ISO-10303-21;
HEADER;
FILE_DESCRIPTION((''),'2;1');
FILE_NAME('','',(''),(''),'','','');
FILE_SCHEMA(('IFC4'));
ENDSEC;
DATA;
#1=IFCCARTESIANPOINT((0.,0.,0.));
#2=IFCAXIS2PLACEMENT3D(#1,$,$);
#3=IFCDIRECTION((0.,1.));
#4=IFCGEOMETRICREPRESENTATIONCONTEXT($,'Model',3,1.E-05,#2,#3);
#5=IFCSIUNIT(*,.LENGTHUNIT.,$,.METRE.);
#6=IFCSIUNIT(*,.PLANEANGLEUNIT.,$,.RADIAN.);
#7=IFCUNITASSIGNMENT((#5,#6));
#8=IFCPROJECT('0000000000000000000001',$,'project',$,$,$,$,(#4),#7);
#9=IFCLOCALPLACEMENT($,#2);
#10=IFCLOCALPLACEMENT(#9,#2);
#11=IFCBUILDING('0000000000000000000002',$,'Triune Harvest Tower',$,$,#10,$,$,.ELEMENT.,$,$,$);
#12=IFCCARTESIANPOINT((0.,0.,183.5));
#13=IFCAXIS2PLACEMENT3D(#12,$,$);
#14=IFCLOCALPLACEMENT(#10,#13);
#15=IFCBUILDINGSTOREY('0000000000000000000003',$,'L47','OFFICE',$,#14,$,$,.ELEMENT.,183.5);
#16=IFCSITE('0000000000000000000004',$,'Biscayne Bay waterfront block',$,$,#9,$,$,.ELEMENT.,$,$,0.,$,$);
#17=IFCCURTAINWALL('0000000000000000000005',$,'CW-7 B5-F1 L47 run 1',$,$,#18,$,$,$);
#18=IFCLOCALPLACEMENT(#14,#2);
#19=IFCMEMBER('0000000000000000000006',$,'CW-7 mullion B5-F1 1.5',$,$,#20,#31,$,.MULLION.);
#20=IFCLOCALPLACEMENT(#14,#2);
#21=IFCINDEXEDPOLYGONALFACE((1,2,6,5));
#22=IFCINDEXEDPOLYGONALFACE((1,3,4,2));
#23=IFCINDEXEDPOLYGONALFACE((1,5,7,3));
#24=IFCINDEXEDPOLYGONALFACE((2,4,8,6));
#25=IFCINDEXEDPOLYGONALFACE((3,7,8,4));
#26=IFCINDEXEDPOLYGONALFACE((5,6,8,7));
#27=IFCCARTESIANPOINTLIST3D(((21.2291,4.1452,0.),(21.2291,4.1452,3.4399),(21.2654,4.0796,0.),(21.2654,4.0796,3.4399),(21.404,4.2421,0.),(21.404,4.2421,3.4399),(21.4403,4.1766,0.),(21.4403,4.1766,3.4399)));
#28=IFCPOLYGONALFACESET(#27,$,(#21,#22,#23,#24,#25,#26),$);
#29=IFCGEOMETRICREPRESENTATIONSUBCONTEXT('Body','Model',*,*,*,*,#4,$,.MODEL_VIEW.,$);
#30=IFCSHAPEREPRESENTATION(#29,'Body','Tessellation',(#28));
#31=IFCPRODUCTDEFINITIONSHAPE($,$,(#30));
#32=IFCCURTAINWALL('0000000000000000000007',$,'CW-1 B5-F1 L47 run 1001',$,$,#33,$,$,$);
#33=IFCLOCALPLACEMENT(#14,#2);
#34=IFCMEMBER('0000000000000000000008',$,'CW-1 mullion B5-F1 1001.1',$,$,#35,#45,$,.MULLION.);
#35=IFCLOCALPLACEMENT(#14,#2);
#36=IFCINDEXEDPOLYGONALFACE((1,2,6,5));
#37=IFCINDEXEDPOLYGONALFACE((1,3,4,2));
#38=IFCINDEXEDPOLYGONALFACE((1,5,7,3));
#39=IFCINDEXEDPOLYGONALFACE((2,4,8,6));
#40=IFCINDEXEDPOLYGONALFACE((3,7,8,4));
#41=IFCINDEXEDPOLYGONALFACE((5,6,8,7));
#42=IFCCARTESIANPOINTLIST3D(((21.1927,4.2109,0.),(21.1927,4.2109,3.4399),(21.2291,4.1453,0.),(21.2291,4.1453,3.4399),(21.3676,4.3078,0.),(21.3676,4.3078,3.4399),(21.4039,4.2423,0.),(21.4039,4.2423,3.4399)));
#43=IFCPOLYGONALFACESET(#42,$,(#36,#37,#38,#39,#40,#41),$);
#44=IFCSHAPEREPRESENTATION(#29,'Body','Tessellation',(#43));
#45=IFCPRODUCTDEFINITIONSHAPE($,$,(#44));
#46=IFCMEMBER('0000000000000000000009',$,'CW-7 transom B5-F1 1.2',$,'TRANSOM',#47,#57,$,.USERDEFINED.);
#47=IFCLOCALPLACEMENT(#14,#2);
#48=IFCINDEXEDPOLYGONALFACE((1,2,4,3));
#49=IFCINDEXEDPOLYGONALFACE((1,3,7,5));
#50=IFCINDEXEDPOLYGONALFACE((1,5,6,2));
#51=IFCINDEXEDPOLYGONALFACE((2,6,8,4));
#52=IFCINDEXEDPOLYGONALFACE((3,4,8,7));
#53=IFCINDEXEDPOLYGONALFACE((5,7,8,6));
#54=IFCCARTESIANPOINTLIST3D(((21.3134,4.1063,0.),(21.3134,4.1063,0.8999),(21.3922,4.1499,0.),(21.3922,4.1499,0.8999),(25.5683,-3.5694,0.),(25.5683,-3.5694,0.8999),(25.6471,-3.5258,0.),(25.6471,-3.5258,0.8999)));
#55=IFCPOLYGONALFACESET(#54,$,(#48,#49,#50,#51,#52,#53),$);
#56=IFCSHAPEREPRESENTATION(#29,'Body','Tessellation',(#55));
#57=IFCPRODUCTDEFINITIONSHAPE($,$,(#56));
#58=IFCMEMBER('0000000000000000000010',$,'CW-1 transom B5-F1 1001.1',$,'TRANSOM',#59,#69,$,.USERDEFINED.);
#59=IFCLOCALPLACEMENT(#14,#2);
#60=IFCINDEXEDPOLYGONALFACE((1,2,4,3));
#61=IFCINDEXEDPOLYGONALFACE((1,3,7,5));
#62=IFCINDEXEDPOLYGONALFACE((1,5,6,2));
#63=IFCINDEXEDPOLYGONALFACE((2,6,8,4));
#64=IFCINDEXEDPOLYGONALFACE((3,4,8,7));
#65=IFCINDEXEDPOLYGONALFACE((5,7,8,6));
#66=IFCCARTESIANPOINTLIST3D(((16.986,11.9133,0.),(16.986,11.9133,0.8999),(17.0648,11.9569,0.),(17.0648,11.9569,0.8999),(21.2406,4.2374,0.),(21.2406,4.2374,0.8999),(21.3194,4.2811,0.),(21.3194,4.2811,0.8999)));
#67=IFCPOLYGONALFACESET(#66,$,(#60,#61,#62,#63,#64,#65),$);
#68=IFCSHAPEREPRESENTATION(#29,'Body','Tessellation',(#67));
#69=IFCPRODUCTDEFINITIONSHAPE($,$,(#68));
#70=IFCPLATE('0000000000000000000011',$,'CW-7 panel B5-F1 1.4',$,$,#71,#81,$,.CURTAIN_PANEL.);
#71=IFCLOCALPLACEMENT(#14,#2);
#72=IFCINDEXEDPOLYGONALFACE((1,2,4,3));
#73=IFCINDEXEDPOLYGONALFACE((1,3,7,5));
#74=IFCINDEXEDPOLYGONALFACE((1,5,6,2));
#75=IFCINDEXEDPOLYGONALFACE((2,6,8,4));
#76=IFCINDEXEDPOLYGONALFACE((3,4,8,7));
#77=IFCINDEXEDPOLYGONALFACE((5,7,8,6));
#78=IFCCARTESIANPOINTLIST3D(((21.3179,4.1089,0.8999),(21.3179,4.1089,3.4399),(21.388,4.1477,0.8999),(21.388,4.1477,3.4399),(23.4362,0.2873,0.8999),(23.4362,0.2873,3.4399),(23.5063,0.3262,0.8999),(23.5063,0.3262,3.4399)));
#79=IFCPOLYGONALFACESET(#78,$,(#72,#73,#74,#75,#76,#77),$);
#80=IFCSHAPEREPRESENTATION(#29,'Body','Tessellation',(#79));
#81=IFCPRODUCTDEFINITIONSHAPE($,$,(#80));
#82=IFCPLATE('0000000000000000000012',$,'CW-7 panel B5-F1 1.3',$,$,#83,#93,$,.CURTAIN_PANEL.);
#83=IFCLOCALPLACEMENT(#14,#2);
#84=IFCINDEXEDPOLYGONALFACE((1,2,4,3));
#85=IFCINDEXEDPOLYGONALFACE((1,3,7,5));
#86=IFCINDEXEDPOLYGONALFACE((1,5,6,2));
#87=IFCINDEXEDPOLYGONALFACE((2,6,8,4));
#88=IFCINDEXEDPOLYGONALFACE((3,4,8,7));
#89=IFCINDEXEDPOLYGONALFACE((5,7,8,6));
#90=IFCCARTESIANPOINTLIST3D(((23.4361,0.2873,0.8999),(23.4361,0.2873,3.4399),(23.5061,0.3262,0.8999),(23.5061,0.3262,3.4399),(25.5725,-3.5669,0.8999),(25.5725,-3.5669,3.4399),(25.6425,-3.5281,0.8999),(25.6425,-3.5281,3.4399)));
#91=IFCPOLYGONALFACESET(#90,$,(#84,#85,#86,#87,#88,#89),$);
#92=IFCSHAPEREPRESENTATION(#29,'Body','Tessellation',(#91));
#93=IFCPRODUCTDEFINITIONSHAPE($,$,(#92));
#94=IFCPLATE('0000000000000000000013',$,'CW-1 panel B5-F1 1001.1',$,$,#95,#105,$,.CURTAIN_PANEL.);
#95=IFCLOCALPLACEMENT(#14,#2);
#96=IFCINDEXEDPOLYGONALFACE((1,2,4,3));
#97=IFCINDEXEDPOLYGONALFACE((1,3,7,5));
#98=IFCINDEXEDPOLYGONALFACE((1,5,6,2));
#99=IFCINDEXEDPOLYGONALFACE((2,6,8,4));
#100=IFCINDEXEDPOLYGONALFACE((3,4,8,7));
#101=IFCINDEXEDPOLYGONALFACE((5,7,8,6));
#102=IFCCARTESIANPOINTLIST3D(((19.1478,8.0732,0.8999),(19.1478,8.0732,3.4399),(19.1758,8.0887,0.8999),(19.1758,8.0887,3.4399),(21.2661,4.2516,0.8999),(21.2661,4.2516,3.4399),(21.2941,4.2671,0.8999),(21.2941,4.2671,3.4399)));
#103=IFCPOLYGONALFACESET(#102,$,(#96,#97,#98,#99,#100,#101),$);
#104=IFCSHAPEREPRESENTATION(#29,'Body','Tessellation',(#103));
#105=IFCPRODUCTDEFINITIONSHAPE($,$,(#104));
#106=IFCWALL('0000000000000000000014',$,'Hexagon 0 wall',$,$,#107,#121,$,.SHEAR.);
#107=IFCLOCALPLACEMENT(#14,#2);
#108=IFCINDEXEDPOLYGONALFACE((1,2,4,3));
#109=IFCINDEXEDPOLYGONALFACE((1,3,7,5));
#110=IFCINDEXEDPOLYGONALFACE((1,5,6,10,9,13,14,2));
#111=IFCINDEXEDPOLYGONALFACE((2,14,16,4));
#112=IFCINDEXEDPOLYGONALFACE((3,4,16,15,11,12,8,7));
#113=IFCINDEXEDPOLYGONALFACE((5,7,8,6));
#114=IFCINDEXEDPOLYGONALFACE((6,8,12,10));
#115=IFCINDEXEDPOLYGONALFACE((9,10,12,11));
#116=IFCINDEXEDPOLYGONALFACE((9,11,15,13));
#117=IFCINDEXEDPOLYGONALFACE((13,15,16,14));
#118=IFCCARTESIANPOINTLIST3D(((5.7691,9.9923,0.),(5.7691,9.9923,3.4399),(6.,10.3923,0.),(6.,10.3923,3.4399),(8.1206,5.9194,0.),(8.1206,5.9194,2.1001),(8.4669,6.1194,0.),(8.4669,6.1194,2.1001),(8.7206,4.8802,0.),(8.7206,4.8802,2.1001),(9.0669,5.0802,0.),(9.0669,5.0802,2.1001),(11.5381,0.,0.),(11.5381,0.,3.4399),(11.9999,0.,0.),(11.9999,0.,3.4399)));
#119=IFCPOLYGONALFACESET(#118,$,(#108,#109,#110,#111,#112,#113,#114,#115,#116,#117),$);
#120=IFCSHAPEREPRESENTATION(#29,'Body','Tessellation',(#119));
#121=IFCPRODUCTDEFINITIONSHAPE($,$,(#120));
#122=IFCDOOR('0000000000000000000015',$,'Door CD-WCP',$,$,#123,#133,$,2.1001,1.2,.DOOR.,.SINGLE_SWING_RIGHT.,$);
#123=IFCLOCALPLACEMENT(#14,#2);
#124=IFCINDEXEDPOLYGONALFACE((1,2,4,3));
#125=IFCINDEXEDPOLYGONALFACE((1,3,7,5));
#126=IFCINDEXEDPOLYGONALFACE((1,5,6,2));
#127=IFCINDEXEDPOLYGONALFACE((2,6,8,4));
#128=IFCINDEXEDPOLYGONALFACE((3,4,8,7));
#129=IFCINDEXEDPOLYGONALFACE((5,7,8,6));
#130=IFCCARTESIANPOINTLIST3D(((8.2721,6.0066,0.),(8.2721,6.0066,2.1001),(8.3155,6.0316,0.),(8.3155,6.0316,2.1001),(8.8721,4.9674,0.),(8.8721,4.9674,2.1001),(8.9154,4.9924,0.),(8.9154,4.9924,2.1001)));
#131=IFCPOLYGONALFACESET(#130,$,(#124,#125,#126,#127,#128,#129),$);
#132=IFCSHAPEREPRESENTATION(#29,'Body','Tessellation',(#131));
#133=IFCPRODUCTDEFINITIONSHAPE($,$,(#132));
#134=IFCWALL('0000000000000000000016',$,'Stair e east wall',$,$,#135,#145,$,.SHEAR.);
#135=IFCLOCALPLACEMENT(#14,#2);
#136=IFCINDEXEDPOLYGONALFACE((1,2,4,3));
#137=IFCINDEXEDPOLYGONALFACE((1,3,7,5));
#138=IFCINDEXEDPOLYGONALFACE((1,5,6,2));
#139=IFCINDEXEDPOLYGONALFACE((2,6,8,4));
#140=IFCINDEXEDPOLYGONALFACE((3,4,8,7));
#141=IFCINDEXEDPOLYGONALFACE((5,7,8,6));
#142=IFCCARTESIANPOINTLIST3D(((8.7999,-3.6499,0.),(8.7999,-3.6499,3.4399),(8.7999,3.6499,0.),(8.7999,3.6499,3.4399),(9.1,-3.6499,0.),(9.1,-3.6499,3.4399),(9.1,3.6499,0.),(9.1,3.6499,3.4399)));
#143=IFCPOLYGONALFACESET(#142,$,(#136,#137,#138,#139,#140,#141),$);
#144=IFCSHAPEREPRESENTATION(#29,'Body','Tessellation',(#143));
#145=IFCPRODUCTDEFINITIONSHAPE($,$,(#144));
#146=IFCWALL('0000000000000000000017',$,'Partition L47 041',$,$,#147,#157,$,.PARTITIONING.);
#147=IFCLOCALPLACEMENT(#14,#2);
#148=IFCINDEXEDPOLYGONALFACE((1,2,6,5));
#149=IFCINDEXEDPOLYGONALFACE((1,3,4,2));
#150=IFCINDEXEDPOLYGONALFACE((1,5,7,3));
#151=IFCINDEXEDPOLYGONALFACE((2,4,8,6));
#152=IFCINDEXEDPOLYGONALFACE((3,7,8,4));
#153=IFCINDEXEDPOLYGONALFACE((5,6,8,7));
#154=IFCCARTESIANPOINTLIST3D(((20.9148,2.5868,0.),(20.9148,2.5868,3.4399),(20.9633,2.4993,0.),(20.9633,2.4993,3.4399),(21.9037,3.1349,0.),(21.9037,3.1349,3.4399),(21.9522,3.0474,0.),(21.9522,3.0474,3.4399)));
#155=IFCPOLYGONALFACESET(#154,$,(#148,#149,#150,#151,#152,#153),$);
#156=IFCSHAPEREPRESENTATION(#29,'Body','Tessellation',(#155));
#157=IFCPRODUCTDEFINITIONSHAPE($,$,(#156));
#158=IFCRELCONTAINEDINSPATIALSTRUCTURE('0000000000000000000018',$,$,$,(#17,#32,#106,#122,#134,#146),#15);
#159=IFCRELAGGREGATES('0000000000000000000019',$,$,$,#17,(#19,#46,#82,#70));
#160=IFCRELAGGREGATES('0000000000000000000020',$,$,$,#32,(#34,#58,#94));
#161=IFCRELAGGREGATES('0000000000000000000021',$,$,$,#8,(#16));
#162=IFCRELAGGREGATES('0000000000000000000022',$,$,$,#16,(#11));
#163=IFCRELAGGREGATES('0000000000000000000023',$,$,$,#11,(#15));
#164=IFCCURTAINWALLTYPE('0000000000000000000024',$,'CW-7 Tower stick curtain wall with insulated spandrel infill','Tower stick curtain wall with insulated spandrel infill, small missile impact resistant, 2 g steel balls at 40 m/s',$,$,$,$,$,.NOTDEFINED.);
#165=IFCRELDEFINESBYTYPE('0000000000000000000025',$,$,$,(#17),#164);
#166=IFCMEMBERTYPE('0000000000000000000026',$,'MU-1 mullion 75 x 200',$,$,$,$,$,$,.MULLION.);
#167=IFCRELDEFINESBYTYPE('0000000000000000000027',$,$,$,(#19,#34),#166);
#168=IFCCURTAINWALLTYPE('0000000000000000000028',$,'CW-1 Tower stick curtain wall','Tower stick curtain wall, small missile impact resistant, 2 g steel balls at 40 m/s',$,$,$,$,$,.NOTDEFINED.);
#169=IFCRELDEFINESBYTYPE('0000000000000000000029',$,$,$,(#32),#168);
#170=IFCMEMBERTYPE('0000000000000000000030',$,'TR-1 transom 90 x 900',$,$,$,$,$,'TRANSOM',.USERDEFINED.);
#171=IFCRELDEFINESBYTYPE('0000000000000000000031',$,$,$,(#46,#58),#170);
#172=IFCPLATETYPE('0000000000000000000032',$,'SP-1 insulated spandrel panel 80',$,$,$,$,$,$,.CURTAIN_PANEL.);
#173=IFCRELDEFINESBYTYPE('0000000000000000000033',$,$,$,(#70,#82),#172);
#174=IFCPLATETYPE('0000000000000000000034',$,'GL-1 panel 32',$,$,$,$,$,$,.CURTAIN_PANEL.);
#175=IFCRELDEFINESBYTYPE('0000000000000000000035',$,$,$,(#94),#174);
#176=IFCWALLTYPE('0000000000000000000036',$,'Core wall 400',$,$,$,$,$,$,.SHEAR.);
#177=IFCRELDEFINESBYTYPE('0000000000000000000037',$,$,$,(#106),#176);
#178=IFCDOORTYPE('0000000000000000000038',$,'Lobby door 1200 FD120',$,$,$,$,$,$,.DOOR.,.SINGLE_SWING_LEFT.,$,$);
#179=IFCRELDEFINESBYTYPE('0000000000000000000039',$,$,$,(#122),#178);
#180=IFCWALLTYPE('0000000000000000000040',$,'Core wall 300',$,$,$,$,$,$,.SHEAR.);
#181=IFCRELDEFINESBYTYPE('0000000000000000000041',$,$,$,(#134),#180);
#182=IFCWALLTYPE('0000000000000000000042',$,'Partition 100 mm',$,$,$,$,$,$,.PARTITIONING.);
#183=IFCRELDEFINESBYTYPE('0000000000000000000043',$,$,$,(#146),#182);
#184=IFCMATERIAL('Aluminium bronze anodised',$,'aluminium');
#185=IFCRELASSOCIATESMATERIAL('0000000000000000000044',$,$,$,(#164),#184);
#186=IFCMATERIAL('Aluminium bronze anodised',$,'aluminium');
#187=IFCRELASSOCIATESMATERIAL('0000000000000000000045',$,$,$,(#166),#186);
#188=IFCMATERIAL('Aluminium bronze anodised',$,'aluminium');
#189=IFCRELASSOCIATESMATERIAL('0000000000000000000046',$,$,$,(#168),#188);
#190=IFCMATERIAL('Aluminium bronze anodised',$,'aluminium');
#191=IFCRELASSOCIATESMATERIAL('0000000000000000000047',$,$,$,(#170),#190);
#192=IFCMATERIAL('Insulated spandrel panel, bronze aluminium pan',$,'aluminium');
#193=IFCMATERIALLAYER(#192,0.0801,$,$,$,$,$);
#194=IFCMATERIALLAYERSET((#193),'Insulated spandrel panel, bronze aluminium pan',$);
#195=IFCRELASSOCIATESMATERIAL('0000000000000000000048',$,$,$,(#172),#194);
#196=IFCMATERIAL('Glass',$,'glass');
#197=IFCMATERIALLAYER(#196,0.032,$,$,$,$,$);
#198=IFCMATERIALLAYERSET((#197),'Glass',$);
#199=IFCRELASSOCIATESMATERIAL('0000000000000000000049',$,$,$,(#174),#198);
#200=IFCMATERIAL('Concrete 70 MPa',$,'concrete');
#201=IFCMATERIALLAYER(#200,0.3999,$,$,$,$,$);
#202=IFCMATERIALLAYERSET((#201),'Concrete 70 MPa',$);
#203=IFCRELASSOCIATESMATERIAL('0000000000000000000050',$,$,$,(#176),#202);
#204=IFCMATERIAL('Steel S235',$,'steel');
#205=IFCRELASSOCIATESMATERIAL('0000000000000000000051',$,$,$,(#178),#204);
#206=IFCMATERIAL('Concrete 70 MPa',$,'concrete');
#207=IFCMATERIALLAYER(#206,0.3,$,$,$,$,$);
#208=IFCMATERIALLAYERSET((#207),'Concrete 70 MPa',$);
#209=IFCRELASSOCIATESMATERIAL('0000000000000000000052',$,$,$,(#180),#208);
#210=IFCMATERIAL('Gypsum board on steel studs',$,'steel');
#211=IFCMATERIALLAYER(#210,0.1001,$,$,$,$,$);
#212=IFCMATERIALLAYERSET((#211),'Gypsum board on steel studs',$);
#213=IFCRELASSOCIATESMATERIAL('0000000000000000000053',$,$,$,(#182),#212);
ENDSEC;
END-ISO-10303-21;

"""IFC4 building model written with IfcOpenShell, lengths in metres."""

from ifc_helpers import new_model, si_unit, direction, frame, frame_2d, origin, origin_2d, place, context, subcontext, project, spatial, polyline, rectangle, outline, extrude, source, transform, mapped, material, layer, layer_set, material_profile, profile_set, type_object, element, fill, aggregate, save


model = new_model("IFC4")

# Units and contexts
model_context = context("Model", 3, precision=1e-05, world=origin(), true_north=direction((0.0, 1.0)))
body_context = subcontext(model_context, "Body", "Model", "MODEL_VIEW")
ifc_project = project(units=[si_unit("LENGTHUNIT", "METRE"), si_unit("PLANEANGLEUNIT", "RADIAN")], contexts=[model_context])

# Site, building, storey
site_placement = place(None, origin())
site = spatial("IfcSite", under=ifc_project, at=site_placement, Name="Biscayne Bay waterfront block", CompositionType="ELEMENT", RefElevation=0.0)
building_placement = place(site_placement, origin())
building = spatial("IfcBuilding", under=site, at=building_placement, Name="Triune Harvest Tower", CompositionType="ELEMENT")
storey_placement = place(building_placement, frame((0.0, 0.0, 183.5)))
storey = spatial("IfcBuildingStorey", under=building, at=storey_placement, Name="L47", Description="OFFICE", CompositionType="ELEMENT", Elevation=183.5)

# Curtain wall, member
ifc_material_1 = material(Name="Aluminium bronze anodised", Category="aluminium")
curtain_wall_type_1 = type_object("IfcCurtainWallType", Name="CW-7 Tower stick curtain wall with insulated spandrel infill", Description="Tower stick curtain wall with insulated spandrel infill, small missile impact resistant, 2 g steel balls at 40 m/s", PredefinedType="NOTDEFINED", material=ifc_material_1)
curtain_wall_1_placement = place(storey_placement, origin())
curtain_wall_1 = element("IfcCurtainWall", 1, at=curtain_wall_1_placement, inside=storey, type_object=curtain_wall_type_1, Name="CW-7 B5-F1 L47 run 1")
ifc_material_2 = material(Name="Aluminium bronze anodised", Category="aluminium")
ifc_material_profile_1 = material_profile(ifc_material_2, rectangle(XDim=0.2, YDim=0.075, at=origin_2d()), Name="MU-1 mullion 75 x 200")
ifc_profile_set_1 = profile_set([ifc_material_profile_1], Name="Aluminium bronze anodised")
member_type_1 = type_object("IfcMemberType", Name="MU-1 mullion 75 x 200", PredefinedType="MULLION", material=ifc_profile_set_1)
shared_shape_1 = source(origin(), body_context, "Body", "SweptSolid", [
    extrude(rectangle(XDim=0.2, YDim=0.075, at=origin_2d()), origin(), (0.0, 0.0, 1.0), 3.4399),
])
member_1_placement = place(storey_placement, frame((21.3347, 4.1609, 0.0), z_axis=(0.0, 0.0, 1.0), x_axis=(-0.87462, -0.484808, 0.0)))
member_1 = element("IfcMember", 2, at=member_1_placement, type_object=member_type_1, Name="CW-7 mullion B5-F1 1.5", PredefinedType="MULLION", context=body_context, shape_type="MappedRepresentation", body=[
    mapped(shared_shape_1, transform((0.0, 0.0, 0.0), scale=1.0)),
])

# Curtain wall, member
ifc_material_3 = material(Name="Aluminium bronze anodised", Category="aluminium")
curtain_wall_type_2 = type_object("IfcCurtainWallType", Name="CW-1 Tower stick curtain wall", Description="Tower stick curtain wall, small missile impact resistant, 2 g steel balls at 40 m/s", PredefinedType="NOTDEFINED", material=ifc_material_3)
curtain_wall_2_placement = place(storey_placement, origin())
curtain_wall_2 = element("IfcCurtainWall", 3, at=curtain_wall_2_placement, inside=storey, type_object=curtain_wall_type_2, Name="CW-1 B5-F1 L47 run 1001")
member_2_placement = place(storey_placement, frame((21.2983, 4.2266, 0.0), z_axis=(0.0, 0.0, 1.0), x_axis=(-0.87462, -0.484809, 0.0)))
member_2 = element("IfcMember", 4, at=member_2_placement, type_object=member_type_1, Name="CW-1 mullion B5-F1 1001.1", PredefinedType="MULLION", context=body_context, shape_type="MappedRepresentation", body=[
    mapped(shared_shape_1, transform((0.0, 0.0, 0.0), scale=1.0)),
])

# Members
ifc_material_4 = material(Name="Aluminium bronze anodised", Category="aluminium")
ifc_material_profile_2 = material_profile(ifc_material_4, rectangle(XDim=0.0901, YDim=0.8999, at=origin_2d()), Name="TR-1 transom 90 x 900")
ifc_profile_set_2 = profile_set([ifc_material_profile_2], Name="Aluminium bronze anodised")
member_type_2 = type_object("IfcMemberType", Name="TR-1 transom 90 x 900", ElementType="TRANSOM", PredefinedType="USERDEFINED", material=ifc_profile_set_2)
shared_shape_2 = source(origin(), body_context, "Body", "SweptSolid", [
    extrude(rectangle(XDim=0.0901, YDim=0.8999, at=origin_2d()), origin(), (0.0, 0.0, 1.0), 8.7761),
])
member_3_placement = place(storey_placement, frame((25.6077, -3.5476, 0.45), z_axis=(-0.484821, 0.874614, 0.0), x_axis=(-0.874614, -0.484821, 0.0)))
member_3 = element("IfcMember", 5, at=member_3_placement, type_object=member_type_2, Name="CW-7 transom B5-F1 1.2", ObjectType="TRANSOM", PredefinedType="USERDEFINED", context=body_context, shape_type="MappedRepresentation", body=[
    mapped(shared_shape_2, transform((0.0, 0.0, 0.0), scale=1.0)),
])
member_4_placement = place(storey_placement, frame((21.28, 4.2593, 0.45), z_axis=(-0.484799, 0.874625, 0.0), x_axis=(-0.874625, -0.484799, 0.0)))
member_4 = element("IfcMember", 6, at=member_4_placement, type_object=member_type_2, Name="CW-1 transom B5-F1 1001.1", ObjectType="TRANSOM", PredefinedType="USERDEFINED", context=body_context, shape_type="MappedRepresentation", body=[
    mapped(shared_shape_2, transform((0.0, 0.0, 0.0), scale=1.0)),
])

# Plates
ifc_material_5 = material(Name="Insulated spandrel panel, bronze aluminium pan", Category="aluminium")
ifc_layer_1 = layer(ifc_material_5, 0.0801)
ifc_layer_set_1 = layer_set([ifc_layer_1], Name="Insulated spandrel panel, bronze aluminium pan")
plate_type_1 = type_object("IfcPlateType", Name="SP-1 insulated spandrel panel 80", PredefinedType="CURTAIN_PANEL", material=ifc_layer_set_1)
shared_shape_3 = source(origin(), body_context, "Body", "SweptSolid", [
    extrude(rectangle(XDim=4.3694, YDim=0.0801, at=origin_2d()), origin(), (0.0, 0.0, 1.0), 2.54),
])
plate_1_placement = place(storey_placement, frame((22.4121, 2.2175, 0.8999), z_axis=(0.0, 0.0, 1.0), x_axis=(-0.484808, 0.87462, 0.0)))
plate_1 = element("IfcPlate", 7, at=plate_1_placement, type_object=plate_type_1, Name="CW-7 panel B5-F1 1.4", PredefinedType="CURTAIN_PANEL", context=body_context, shape_type="MappedRepresentation", body=[
    mapped(shared_shape_3, transform((0.0, 0.0, 0.0), scale=1.0)),
])
shared_shape_4 = source(origin(), body_context, "Body", "SweptSolid", [
    extrude(rectangle(XDim=4.4067, YDim=0.0801, at=origin_2d()), origin(), (0.0, 0.0, 1.0), 2.54),
])
plate_2_placement = place(storey_placement, frame((24.5393, -1.6204, 0.8999), z_axis=(0.0, 0.0, 1.0), x_axis=(-0.484808, 0.87462, 0.0)))
plate_2 = element("IfcPlate", 8, at=plate_2_placement, type_object=plate_type_1, Name="CW-7 panel B5-F1 1.3", PredefinedType="CURTAIN_PANEL", context=body_context, shape_type="MappedRepresentation", body=[
    mapped(shared_shape_4, transform((0.0, 0.0, 0.0), scale=1.0)),
])
aggregate(curtain_wall_1, [member_1, member_3, plate_2, plate_1])
ifc_material_6 = material(Name="Glass", Category="glass")
ifc_layer_2 = layer(ifc_material_6, 0.032)
ifc_layer_set_2 = layer_set([ifc_layer_2], Name="Glass")
plate_type_2 = type_object("IfcPlateType", Name="GL-1 panel 32", PredefinedType="CURTAIN_PANEL", material=ifc_layer_set_2)
shared_shape_5 = source(origin(), body_context, "Body", "SweptSolid", [
    extrude(rectangle(XDim=4.3694, YDim=0.032, at=origin_2d()), origin(), (0.0, 0.0, 1.0), 2.54),
])
plate_3_placement = place(storey_placement, frame((20.2209, 6.1702, 0.8999), z_axis=(0.0, 0.0, 1.0), x_axis=(-0.484809, 0.87462, 0.0)))
plate_3 = element("IfcPlate", 9, at=plate_3_placement, type_object=plate_type_2, Name="CW-1 panel B5-F1 1001.1", PredefinedType="CURTAIN_PANEL", context=body_context, shape_type="MappedRepresentation", body=[
    mapped(shared_shape_5, transform((0.0, 0.0, 0.0), scale=1.0)),
])
aggregate(curtain_wall_2, [member_2, member_4, plate_3])

# Wall, opening, door
ifc_material_7 = material(Name="Concrete 70 MPa", Category="concrete")
ifc_layer_3 = layer(ifc_material_7, 0.3999)
ifc_layer_set_3 = layer_set([ifc_layer_3], Name="Concrete 70 MPa")
wall_type_1 = type_object("IfcWallType", Name="Core wall 400", PredefinedType="SHEAR", material=ifc_layer_set_3)
shared_shape_6 = source(origin(), body_context, "Body", "SweptSolid", [
    extrude(outline(polyline([(-0.1155, -0.2), (11.8845, -0.2), (11.6536, 0.2), (0.1155, 0.2), (-0.1155, -0.2)])), origin(), (0.0, 0.0, 1.0), 3.4399),
])
wall_1_placement = place(storey_placement, frame((11.769, 0.0, 0.0), z_axis=(0.0, 0.0, 1.0), x_axis=(-0.499997, 0.866027, 0.0)))
wall_1 = element("IfcWall", 10, at=wall_1_placement, inside=storey, type_object=wall_type_1, Name="Hexagon 0 wall", PredefinedType="SHEAR", context=body_context, shape_type="MappedRepresentation", body=[
    mapped(shared_shape_6, transform((0.0, 0.0, 0.0), scale=1.0)),
])
opening_placement = place(wall_1_placement, frame((5.7505, 0.0, 0.0)))
opening = element("IfcOpeningElement", 11, at=opening_placement, cuts=wall_1, PredefinedType="OPENING", context=body_context, shape_type="SweptSolid", body=[
    extrude(rectangle(XDim=1.2, YDim=2.1001, at=frame_2d((0.6001, 1.05))), frame((0.0, 0.21, 0.0), z_axis=(0.0, -1.0, 0.0), x_axis=(1.0, 0.0, 0.0)), (0.0, 0.0, 1.0), 0.4199),
])
ifc_material_8 = material(Name="Steel S235", Category="steel")
door_type = type_object("IfcDoorType", Name="Lobby door 1200 FD120", OperationType="SINGLE_SWING_LEFT", PredefinedType="DOOR", material=ifc_material_8)
door_placement = place(opening_placement, frame((1.2, 0.0, 0.0), z_axis=(0.0, 0.0, 1.0), x_axis=(-1.0, 0.0, 0.0)))
door = element("IfcDoor", 12, at=door_placement, inside=storey, type_object=door_type, Name="Door CD-WCP", OperationType="SINGLE_SWING_RIGHT", OverallHeight=2.1001, OverallWidth=1.2, PredefinedType="DOOR", context=body_context, shape_type="SweptSolid", body=[
    extrude(rectangle(XDim=1.2, YDim=2.1001, at=frame_2d((0.6001, 1.05))), frame((0.0, 0.0249, 0.0), z_axis=(0.0, -1.0, 0.0), x_axis=(1.0, 0.0, 0.0)), (0.0, 0.0, 1.0), 0.05),
])
fill(opening, door)

# Walls
ifc_material_9 = material(Name="Concrete 70 MPa", Category="concrete")
ifc_layer_4 = layer(ifc_material_9, 0.3)
ifc_layer_set_4 = layer_set([ifc_layer_4], Name="Concrete 70 MPa")
wall_type_2 = type_object("IfcWallType", Name="Core wall 300", PredefinedType="SHEAR", material=ifc_layer_set_4)
shared_shape_7 = source(origin(), body_context, "Body", "SweptSolid", [
    extrude(rectangle(XDim=7.2998, YDim=0.3, at=frame_2d((3.6499, 0.0))), origin(), (0.0, 0.0, 1.0), 3.4399),
])
wall_2_placement = place(storey_placement, frame((8.95, -3.6499, 0.0), z_axis=(0.0, 0.0, 1.0), x_axis=(0.0, 1.0, 0.0)))
element("IfcWall", 13, at=wall_2_placement, inside=storey, type_object=wall_type_2, Name="Stair e east wall", PredefinedType="SHEAR", context=body_context, shape_type="MappedRepresentation", body=[
    mapped(shared_shape_7, transform((0.0, 0.0, 0.0), scale=1.0)),
])
ifc_material_10 = material(Name="Gypsum board on steel studs", Category="steel")
ifc_layer_5 = layer(ifc_material_10, 0.1001)
ifc_layer_set_5 = layer_set([ifc_layer_5], Name="Gypsum board on steel studs")
wall_type_3 = type_object("IfcWallType", Name="Partition 100 mm", PredefinedType="PARTITIONING", material=ifc_layer_set_5)
shared_shape_8 = source(origin(), body_context, "Body", "SweptSolid", [
    extrude(rectangle(XDim=1.1306, YDim=0.1001, at=frame_2d((0.5654, 0.0))), origin(), (0.0, 0.0, 1.0), 3.4399),
])
wall_3_placement = place(storey_placement, frame((20.939, 2.543, 0.0), z_axis=(0.0, 0.0, 1.0), x_axis=(0.874615, 0.484818, 0.0)))
element("IfcWall", 14, at=wall_3_placement, inside=storey, type_object=wall_type_3, Name="Partition L47 041", PredefinedType="PARTITIONING", context=body_context, shape_type="MappedRepresentation", body=[
    mapped(shared_shape_8, transform((0.0, 0.0, 0.0), scale=1.0)),
])

save(model, "model.ifc")
